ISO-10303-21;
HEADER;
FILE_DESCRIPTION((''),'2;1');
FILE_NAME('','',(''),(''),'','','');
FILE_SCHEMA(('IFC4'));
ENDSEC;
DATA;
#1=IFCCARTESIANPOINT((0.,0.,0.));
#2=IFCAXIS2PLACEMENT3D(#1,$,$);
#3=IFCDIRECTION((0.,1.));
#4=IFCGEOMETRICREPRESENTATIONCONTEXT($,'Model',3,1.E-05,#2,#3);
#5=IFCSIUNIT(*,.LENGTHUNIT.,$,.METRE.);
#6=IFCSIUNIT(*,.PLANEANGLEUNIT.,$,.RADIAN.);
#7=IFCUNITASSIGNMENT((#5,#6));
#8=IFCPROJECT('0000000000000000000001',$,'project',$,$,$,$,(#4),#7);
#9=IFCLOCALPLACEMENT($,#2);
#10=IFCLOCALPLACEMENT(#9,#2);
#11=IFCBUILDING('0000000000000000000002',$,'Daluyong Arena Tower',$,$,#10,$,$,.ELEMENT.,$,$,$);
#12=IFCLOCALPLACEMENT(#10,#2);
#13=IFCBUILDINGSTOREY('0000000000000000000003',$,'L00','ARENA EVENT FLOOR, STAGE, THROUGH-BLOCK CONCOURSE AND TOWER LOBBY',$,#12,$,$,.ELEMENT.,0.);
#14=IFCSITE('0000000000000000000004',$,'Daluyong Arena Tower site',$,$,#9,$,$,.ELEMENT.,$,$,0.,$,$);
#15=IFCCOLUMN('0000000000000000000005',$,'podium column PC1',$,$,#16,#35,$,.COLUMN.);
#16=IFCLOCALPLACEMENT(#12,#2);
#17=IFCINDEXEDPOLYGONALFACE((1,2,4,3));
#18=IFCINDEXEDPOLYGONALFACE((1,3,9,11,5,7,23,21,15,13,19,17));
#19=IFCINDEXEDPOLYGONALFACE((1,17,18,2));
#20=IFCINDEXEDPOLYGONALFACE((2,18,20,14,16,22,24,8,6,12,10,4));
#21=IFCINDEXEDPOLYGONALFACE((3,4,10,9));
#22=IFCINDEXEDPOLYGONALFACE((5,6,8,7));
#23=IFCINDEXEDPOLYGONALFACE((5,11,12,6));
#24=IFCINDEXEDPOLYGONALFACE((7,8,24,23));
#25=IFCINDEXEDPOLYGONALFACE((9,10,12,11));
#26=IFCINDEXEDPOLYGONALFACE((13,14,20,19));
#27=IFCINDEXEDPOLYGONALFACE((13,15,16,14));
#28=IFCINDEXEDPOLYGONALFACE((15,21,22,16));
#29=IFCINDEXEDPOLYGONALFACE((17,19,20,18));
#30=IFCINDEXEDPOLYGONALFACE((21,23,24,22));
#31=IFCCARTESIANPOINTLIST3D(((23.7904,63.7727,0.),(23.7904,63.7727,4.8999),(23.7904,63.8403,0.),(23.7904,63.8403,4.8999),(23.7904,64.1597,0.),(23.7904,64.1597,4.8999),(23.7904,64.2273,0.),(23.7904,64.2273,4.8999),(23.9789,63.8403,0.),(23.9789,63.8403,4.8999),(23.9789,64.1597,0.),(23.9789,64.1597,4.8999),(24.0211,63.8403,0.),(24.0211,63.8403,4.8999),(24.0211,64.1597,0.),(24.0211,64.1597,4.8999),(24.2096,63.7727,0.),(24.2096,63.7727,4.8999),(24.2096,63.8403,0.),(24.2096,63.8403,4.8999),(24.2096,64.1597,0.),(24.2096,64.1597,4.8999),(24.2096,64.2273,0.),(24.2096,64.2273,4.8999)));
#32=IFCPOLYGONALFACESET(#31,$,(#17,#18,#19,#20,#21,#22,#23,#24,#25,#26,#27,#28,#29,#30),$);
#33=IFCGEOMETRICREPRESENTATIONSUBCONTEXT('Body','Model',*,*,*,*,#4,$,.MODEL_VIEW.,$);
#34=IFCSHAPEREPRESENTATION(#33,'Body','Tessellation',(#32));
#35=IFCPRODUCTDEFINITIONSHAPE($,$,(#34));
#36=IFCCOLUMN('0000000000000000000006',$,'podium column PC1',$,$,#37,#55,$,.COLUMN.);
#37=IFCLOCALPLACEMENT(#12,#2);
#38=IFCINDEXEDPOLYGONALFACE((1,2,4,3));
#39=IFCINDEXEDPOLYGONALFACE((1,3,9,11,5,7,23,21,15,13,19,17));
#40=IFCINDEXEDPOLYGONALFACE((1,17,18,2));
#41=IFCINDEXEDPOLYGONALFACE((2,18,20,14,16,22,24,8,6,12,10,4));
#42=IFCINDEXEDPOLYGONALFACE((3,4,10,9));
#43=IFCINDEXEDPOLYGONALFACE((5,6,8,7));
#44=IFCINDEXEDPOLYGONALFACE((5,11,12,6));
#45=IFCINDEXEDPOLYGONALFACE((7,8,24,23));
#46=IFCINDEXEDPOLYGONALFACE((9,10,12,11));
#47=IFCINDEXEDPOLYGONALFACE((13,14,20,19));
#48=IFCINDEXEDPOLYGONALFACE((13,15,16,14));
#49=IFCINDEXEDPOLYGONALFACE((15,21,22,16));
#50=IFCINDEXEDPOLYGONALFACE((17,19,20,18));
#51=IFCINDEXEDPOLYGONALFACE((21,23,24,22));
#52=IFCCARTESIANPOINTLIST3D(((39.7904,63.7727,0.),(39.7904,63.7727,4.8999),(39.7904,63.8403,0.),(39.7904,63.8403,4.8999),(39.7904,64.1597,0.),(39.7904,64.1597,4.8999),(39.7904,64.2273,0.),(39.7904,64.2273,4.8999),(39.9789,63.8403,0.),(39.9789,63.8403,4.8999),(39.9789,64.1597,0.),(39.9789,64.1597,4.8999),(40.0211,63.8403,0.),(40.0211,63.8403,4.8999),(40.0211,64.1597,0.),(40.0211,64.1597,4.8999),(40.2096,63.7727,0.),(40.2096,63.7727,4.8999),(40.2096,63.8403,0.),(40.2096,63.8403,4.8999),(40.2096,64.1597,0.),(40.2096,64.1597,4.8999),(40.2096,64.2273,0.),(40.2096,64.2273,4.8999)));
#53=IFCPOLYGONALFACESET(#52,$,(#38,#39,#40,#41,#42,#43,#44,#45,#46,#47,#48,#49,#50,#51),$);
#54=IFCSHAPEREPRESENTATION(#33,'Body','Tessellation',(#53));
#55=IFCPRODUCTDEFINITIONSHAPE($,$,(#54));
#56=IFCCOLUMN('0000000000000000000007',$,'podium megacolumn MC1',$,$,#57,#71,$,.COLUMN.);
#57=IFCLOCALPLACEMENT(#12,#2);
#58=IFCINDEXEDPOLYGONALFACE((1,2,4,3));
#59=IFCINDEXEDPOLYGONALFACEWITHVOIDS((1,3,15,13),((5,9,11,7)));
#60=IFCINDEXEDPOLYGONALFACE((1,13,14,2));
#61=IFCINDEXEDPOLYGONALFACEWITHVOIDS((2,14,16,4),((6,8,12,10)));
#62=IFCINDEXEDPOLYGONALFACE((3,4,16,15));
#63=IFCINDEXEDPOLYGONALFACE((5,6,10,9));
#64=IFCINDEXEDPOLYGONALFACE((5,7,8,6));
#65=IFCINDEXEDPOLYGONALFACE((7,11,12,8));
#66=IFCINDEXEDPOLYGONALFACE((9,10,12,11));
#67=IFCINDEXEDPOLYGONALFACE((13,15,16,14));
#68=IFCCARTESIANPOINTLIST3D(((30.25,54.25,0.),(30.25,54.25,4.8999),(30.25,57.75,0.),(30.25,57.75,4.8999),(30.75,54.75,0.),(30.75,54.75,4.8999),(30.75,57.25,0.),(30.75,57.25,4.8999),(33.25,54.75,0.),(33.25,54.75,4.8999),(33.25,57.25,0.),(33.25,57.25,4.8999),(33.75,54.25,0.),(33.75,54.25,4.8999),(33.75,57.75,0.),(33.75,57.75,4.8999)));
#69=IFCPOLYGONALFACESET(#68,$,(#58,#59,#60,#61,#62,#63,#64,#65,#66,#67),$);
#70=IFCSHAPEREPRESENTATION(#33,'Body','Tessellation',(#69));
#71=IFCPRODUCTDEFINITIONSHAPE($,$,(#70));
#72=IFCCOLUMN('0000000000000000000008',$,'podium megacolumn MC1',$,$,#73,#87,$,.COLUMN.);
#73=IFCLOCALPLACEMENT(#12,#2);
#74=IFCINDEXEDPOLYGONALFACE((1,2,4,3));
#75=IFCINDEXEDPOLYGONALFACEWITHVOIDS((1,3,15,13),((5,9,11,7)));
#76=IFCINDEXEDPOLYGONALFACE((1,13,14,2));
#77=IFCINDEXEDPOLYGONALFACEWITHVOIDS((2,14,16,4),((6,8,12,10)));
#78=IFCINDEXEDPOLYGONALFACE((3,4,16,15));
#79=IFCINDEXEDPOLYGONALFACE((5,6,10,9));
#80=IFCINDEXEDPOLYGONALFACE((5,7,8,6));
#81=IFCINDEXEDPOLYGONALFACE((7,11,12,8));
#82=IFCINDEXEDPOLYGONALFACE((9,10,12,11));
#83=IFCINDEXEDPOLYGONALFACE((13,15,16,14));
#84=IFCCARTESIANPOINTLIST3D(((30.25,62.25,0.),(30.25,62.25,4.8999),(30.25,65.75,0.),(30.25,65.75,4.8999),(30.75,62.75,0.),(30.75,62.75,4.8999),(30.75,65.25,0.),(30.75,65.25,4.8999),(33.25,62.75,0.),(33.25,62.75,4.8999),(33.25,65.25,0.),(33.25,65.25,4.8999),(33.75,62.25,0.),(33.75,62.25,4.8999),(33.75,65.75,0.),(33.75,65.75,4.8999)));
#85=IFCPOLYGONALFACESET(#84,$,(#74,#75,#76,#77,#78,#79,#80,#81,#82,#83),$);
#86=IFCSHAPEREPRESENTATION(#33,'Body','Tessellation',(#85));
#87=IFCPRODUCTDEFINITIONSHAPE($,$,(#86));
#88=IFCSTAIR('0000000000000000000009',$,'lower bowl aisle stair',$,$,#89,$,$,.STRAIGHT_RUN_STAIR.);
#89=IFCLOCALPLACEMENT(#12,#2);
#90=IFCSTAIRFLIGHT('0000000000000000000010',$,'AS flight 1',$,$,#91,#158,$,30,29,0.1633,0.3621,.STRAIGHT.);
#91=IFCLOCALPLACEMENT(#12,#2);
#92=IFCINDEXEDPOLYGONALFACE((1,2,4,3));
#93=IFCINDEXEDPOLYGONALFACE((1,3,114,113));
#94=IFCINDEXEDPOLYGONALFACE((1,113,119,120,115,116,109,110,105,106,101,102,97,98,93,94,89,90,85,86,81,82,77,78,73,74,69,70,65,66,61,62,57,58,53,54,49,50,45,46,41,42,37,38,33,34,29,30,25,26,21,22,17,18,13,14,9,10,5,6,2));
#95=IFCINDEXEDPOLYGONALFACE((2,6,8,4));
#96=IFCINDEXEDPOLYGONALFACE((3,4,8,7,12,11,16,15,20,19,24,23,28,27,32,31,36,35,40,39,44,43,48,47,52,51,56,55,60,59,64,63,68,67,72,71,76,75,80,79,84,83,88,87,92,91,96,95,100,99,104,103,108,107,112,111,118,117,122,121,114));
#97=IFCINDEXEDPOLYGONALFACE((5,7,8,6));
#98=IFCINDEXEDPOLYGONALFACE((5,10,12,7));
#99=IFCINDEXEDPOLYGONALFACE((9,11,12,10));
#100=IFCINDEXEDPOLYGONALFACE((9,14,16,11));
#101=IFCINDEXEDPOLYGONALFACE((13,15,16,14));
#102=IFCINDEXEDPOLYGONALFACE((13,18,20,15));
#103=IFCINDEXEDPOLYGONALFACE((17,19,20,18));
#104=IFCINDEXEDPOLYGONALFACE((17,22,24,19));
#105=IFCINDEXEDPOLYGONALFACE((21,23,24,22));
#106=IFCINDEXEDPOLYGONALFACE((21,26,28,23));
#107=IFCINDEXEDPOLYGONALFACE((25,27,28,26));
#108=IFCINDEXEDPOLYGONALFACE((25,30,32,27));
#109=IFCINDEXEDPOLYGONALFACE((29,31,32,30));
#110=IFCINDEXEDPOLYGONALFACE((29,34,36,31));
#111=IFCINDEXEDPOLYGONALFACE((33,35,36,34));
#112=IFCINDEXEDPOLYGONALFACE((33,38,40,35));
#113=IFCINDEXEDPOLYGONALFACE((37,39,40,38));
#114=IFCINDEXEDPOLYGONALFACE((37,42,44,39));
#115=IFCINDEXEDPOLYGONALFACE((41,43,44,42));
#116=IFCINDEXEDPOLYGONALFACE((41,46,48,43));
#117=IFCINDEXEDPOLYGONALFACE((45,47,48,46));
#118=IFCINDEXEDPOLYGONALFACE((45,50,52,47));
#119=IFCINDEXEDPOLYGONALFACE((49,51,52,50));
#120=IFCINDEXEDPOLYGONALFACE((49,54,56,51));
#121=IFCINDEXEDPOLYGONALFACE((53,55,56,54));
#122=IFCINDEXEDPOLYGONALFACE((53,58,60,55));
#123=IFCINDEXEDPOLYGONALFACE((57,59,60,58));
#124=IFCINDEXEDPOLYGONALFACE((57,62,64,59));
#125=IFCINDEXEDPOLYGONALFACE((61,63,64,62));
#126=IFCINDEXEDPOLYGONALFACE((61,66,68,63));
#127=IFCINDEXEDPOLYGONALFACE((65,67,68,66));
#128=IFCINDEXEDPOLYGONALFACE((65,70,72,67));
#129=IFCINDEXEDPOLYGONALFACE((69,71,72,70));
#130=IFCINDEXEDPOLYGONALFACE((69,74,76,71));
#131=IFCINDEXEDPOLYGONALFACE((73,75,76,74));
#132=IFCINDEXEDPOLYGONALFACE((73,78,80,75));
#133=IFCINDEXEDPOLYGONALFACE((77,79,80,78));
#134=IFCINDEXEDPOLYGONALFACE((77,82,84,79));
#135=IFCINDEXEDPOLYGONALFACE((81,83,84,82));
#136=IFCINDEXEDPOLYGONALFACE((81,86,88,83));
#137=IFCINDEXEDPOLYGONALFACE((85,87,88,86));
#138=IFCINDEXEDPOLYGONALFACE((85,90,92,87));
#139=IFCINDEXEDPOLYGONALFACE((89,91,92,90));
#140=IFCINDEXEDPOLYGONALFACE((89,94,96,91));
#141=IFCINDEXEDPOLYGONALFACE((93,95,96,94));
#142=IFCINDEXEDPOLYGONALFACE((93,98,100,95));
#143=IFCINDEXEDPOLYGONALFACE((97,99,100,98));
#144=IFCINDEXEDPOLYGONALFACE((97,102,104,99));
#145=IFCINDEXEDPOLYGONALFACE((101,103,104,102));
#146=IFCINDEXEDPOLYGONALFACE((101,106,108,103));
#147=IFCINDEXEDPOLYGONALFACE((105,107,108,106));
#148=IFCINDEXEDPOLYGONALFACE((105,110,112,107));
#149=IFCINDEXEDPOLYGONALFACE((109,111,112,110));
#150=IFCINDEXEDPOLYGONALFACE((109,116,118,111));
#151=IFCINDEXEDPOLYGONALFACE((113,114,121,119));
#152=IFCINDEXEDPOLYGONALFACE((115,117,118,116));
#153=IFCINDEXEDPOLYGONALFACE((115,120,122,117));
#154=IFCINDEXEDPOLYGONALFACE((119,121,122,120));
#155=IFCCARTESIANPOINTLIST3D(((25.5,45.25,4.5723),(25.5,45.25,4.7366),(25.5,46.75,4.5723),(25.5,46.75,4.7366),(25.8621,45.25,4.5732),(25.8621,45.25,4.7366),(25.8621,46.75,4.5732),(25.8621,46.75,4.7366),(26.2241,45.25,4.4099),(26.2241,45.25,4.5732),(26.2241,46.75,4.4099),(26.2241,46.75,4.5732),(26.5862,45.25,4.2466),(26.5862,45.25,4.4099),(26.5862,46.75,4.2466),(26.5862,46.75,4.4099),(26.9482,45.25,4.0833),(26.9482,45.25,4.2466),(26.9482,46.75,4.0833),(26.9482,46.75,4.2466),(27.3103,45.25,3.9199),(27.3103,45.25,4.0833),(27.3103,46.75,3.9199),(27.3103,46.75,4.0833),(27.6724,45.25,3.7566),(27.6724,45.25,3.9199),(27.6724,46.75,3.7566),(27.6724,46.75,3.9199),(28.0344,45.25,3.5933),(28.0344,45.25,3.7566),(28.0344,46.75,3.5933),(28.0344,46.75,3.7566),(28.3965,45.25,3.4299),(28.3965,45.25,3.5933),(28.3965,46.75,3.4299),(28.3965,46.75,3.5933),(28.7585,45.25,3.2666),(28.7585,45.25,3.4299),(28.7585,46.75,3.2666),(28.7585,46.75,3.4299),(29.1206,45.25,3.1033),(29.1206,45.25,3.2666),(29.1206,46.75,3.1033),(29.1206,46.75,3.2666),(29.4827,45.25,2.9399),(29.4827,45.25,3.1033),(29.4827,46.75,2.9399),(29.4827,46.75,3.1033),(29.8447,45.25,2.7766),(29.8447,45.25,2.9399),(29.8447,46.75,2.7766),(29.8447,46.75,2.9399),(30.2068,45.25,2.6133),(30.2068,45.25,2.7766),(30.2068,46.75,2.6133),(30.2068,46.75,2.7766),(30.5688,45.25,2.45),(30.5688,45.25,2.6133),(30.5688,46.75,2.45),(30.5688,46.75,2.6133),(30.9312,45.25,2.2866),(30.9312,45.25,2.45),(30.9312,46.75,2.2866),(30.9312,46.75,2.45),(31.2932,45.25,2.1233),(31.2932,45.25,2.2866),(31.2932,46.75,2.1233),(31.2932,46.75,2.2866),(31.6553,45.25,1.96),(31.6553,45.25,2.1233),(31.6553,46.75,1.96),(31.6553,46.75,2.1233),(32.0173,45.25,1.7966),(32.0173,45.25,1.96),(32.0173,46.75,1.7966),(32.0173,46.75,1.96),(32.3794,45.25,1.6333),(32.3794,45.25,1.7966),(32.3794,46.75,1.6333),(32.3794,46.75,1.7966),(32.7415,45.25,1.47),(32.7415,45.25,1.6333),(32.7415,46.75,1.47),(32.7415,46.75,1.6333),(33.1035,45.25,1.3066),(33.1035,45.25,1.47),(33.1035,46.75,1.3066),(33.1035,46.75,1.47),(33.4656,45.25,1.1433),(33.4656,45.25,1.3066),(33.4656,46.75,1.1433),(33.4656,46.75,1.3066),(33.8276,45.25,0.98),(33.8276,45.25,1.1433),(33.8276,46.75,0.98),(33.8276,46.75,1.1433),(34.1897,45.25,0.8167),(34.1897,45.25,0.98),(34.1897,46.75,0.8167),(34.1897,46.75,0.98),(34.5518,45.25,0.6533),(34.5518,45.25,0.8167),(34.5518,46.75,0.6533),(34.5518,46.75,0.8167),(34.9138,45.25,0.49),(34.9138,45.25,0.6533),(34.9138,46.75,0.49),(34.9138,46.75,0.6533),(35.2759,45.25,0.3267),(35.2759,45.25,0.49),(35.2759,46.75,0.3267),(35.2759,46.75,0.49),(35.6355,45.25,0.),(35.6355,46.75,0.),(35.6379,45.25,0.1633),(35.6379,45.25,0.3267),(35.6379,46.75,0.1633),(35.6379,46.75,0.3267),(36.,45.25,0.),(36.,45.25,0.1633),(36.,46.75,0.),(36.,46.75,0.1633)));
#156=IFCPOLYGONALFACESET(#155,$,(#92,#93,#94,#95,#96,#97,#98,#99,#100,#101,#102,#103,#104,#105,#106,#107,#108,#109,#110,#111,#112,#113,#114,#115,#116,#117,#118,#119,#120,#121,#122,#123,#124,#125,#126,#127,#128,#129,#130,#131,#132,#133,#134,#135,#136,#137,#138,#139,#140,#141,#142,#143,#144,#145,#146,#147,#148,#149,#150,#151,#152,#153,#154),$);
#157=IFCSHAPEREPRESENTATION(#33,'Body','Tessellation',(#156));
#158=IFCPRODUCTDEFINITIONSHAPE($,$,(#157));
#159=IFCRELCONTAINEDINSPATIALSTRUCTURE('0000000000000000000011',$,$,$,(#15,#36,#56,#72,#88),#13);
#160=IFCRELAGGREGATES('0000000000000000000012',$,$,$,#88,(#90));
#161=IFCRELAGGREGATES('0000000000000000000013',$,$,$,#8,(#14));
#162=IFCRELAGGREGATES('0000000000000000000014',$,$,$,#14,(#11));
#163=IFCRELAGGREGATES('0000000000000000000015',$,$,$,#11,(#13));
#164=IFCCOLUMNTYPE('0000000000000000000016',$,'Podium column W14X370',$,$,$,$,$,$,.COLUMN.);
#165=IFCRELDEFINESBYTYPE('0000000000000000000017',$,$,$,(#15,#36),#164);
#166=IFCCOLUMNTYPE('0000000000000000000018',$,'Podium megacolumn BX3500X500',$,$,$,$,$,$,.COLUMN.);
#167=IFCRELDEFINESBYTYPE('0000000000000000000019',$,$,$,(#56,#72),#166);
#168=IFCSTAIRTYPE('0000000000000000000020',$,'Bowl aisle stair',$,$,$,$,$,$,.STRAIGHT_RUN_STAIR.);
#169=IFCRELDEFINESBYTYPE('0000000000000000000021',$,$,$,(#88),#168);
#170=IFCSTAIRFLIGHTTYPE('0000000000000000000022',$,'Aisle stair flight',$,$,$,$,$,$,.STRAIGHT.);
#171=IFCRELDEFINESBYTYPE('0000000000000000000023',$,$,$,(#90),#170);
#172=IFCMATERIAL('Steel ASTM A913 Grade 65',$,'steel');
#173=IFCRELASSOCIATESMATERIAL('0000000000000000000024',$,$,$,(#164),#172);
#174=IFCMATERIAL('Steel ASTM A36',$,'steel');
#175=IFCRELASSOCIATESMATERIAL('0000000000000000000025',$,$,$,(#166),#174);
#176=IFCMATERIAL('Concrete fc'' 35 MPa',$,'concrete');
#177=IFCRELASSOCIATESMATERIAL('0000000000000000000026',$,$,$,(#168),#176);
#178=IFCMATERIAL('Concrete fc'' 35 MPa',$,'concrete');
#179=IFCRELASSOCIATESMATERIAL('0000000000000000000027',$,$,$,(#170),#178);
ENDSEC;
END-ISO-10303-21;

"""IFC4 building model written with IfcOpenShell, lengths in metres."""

from ifc_helpers import new_model, si_unit, direction, frame, origin, origin_2d, place, context, subcontext, project, spatial, polyline, hollow_rectangle, i_section, outline, extrude, material, material_profile, profile_set, type_object, element, aggregate, save


model = new_model("IFC4")

# Units and contexts
model_context = context("Model", 3, precision=1e-05, world=origin(), true_north=direction((0.0, 1.0)))
body_context = subcontext(model_context, "Body", "Model", "MODEL_VIEW")
ifc_project = project(units=[si_unit("LENGTHUNIT", "METRE"), si_unit("PLANEANGLEUNIT", "RADIAN")], contexts=[model_context])

# Site, building, storey
site_placement = place(None, origin())
site = spatial("IfcSite", under=ifc_project, at=site_placement, Name="Daluyong Arena Tower site", CompositionType="ELEMENT", RefElevation=0.0)
building_placement = place(site_placement, origin())
building = spatial("IfcBuilding", under=site, at=building_placement, Name="Daluyong Arena Tower", CompositionType="ELEMENT")
storey_placement = place(building_placement, origin())
storey = spatial("IfcBuildingStorey", under=building, at=storey_placement, Name="L00", Description="ARENA EVENT FLOOR, STAGE, THROUGH-BLOCK CONCOURSE AND TOWER LOBBY", CompositionType="ELEMENT", Elevation=0.0)

# Columns
ifc_material_1 = material(Name="Steel ASTM A913 Grade 65", Category="steel")
ifc_material_profile_1 = material_profile(ifc_material_1, i_section(OverallWidth=0.4192, OverallDepth=0.4546, WebThickness=0.0422, FlangeThickness=0.0676, at=origin_2d()))
ifc_profile_set_1 = profile_set([ifc_material_profile_1], Name="Steel ASTM A913 Grade 65")
column_type_1 = type_object("IfcColumnType", Name="Podium column W14X370", PredefinedType="COLUMN", material=ifc_profile_set_1)
for number, where, z_axis, x_axis, name in (
    (1, (24.0, 64.0, 0.0), (0.0, 0.0, 1.0), (1.0, 0.0, 0.0), "podium column PC1"),
    (2, (40.0, 64.0, 0.0), (0.0, 0.0, 1.0), (1.0, 0.0, 0.0), "podium column PC1"),
):
    element("IfcColumn", number, at=place(storey_placement, frame(where, z_axis=z_axis, x_axis=x_axis)), inside=storey, type_object=column_type_1, Name=name, PredefinedType="COLUMN", context=body_context, shape_type="SweptSolid", body=[
        extrude(i_section(OverallWidth=0.4192, OverallDepth=0.4546, WebThickness=0.0422, FlangeThickness=0.0676, at=origin_2d()), origin(), (0.0, 0.0, 1.0), 4.8999),
    ])
ifc_material_2 = material(Name="Steel ASTM A36", Category="steel")
ifc_material_profile_2 = material_profile(ifc_material_2, hollow_rectangle(XDim=3.5, YDim=3.5, WallThickness=0.5, at=origin_2d()))
ifc_profile_set_2 = profile_set([ifc_material_profile_2], Name="Steel ASTM A36")
column_type_2 = type_object("IfcColumnType", Name="Podium megacolumn BX3500X500", PredefinedType="COLUMN", material=ifc_profile_set_2)
for number, where, z_axis, x_axis, name in (
    (3, (32.0, 56.0, 0.0), (0.0, 0.0, 1.0), (1.0, 0.0, 0.0), "podium megacolumn MC1"),
    (4, (32.0, 64.0, 0.0), (0.0, 0.0, 1.0), (1.0, 0.0, 0.0), "podium megacolumn MC1"),
):
    element("IfcColumn", number, at=place(storey_placement, frame(where, z_axis=z_axis, x_axis=x_axis)), inside=storey, type_object=column_type_2, Name=name, PredefinedType="COLUMN", context=body_context, shape_type="SweptSolid", body=[
        extrude(hollow_rectangle(XDim=3.5, YDim=3.5, WallThickness=0.5, at=origin_2d()), origin(), (0.0, 0.0, 1.0), 4.8999),
    ])

# Stair, stair flight
ifc_material_3 = material(Name="Concrete fc' 35 MPa", Category="concrete")
stair_type = type_object("IfcStairType", Name="Bowl aisle stair", PredefinedType="STRAIGHT_RUN_STAIR", material=ifc_material_3)
stair_placement = place(storey_placement, origin())
stair = element("IfcStair", 5, at=stair_placement, inside=storey, type_object=stair_type, Name="lower bowl aisle stair", PredefinedType="STRAIGHT_RUN_STAIR")
ifc_material_4 = material(Name="Concrete fc' 35 MPa", Category="concrete")
stair_flight_type = type_object("IfcStairFlightType", Name="Aisle stair flight", PredefinedType="STRAIGHT", material=ifc_material_4)
stair_flight_placement = place(storey_placement, frame((36.0, 46.0, 0.0), z_axis=(0.0, 0.0, 1.0), x_axis=(-1.0, 0.0, 0.0)))
stair_flight = element("IfcStairFlight", 6, at=stair_flight_placement, type_object=stair_flight_type, Name="AS flight 1", NumberOfRisers=30, NumberOfTreads=29, PredefinedType="STRAIGHT", RiserHeight=0.1633, TreadLength=0.3621, context=body_context, shape_type="SweptSolid", body=[
    extrude(outline(polyline([(0.0, 0.0), (0.0, 0.1633), (0.3621, 0.1633), (0.3621, 0.3267), (0.7241, 0.3267), (0.7241, 0.49), (1.0862, 0.49), (1.0862, 0.6533), (1.4482, 0.6533), (1.4482, 0.8167), (1.8103, 0.8167), (1.8103, 0.98), (2.1724, 0.98), (2.1724, 1.1433), (2.5344, 1.1433), (2.5344, 1.3066), (2.8965, 1.3066), (2.8965, 1.47), (3.2585, 1.47), (3.2585, 1.6333), (3.6206, 1.6333), (3.6206, 1.7966), (3.9827, 1.7966), (3.9827, 1.96), (4.3447, 1.96), (4.3447, 2.1233), (4.7068, 2.1233), (4.7068, 2.2866), (5.0688, 2.2866), (5.0688, 2.45), (5.4312, 2.45), (5.4312, 2.6133), (5.7932, 2.6133), (5.7932, 2.7766), (6.1553, 2.7766), (6.1553, 2.9399), (6.5173, 2.9399), (6.5173, 3.1033), (6.8794, 3.1033), (6.8794, 3.2666), (7.2415, 3.2666), (7.2415, 3.4299), (7.6035, 3.4299), (7.6035, 3.5933), (7.9656, 3.5933), (7.9656, 3.7566), (8.3276, 3.7566), (8.3276, 3.9199), (8.6897, 3.9199), (8.6897, 4.0833), (9.0518, 4.0833), (9.0518, 4.2466), (9.4138, 4.2466), (9.4138, 4.4099), (9.7759, 4.4099), (9.7759, 4.5732), (10.1379, 4.5732), (10.1379, 4.7366), (10.5, 4.7366), (10.5, 4.8999), (10.5, 4.5723), (0.3645, 0.0), (0.0, 0.0)])), frame((0.0, 0.75, 0.0), z_axis=(0.0, -1.0, 0.0), x_axis=(1.0, 0.0, 0.0)), (0.0, 0.0, 1.0), 1.5),
])
aggregate(stair, [stair_flight])

save(model, "model.ifc")
